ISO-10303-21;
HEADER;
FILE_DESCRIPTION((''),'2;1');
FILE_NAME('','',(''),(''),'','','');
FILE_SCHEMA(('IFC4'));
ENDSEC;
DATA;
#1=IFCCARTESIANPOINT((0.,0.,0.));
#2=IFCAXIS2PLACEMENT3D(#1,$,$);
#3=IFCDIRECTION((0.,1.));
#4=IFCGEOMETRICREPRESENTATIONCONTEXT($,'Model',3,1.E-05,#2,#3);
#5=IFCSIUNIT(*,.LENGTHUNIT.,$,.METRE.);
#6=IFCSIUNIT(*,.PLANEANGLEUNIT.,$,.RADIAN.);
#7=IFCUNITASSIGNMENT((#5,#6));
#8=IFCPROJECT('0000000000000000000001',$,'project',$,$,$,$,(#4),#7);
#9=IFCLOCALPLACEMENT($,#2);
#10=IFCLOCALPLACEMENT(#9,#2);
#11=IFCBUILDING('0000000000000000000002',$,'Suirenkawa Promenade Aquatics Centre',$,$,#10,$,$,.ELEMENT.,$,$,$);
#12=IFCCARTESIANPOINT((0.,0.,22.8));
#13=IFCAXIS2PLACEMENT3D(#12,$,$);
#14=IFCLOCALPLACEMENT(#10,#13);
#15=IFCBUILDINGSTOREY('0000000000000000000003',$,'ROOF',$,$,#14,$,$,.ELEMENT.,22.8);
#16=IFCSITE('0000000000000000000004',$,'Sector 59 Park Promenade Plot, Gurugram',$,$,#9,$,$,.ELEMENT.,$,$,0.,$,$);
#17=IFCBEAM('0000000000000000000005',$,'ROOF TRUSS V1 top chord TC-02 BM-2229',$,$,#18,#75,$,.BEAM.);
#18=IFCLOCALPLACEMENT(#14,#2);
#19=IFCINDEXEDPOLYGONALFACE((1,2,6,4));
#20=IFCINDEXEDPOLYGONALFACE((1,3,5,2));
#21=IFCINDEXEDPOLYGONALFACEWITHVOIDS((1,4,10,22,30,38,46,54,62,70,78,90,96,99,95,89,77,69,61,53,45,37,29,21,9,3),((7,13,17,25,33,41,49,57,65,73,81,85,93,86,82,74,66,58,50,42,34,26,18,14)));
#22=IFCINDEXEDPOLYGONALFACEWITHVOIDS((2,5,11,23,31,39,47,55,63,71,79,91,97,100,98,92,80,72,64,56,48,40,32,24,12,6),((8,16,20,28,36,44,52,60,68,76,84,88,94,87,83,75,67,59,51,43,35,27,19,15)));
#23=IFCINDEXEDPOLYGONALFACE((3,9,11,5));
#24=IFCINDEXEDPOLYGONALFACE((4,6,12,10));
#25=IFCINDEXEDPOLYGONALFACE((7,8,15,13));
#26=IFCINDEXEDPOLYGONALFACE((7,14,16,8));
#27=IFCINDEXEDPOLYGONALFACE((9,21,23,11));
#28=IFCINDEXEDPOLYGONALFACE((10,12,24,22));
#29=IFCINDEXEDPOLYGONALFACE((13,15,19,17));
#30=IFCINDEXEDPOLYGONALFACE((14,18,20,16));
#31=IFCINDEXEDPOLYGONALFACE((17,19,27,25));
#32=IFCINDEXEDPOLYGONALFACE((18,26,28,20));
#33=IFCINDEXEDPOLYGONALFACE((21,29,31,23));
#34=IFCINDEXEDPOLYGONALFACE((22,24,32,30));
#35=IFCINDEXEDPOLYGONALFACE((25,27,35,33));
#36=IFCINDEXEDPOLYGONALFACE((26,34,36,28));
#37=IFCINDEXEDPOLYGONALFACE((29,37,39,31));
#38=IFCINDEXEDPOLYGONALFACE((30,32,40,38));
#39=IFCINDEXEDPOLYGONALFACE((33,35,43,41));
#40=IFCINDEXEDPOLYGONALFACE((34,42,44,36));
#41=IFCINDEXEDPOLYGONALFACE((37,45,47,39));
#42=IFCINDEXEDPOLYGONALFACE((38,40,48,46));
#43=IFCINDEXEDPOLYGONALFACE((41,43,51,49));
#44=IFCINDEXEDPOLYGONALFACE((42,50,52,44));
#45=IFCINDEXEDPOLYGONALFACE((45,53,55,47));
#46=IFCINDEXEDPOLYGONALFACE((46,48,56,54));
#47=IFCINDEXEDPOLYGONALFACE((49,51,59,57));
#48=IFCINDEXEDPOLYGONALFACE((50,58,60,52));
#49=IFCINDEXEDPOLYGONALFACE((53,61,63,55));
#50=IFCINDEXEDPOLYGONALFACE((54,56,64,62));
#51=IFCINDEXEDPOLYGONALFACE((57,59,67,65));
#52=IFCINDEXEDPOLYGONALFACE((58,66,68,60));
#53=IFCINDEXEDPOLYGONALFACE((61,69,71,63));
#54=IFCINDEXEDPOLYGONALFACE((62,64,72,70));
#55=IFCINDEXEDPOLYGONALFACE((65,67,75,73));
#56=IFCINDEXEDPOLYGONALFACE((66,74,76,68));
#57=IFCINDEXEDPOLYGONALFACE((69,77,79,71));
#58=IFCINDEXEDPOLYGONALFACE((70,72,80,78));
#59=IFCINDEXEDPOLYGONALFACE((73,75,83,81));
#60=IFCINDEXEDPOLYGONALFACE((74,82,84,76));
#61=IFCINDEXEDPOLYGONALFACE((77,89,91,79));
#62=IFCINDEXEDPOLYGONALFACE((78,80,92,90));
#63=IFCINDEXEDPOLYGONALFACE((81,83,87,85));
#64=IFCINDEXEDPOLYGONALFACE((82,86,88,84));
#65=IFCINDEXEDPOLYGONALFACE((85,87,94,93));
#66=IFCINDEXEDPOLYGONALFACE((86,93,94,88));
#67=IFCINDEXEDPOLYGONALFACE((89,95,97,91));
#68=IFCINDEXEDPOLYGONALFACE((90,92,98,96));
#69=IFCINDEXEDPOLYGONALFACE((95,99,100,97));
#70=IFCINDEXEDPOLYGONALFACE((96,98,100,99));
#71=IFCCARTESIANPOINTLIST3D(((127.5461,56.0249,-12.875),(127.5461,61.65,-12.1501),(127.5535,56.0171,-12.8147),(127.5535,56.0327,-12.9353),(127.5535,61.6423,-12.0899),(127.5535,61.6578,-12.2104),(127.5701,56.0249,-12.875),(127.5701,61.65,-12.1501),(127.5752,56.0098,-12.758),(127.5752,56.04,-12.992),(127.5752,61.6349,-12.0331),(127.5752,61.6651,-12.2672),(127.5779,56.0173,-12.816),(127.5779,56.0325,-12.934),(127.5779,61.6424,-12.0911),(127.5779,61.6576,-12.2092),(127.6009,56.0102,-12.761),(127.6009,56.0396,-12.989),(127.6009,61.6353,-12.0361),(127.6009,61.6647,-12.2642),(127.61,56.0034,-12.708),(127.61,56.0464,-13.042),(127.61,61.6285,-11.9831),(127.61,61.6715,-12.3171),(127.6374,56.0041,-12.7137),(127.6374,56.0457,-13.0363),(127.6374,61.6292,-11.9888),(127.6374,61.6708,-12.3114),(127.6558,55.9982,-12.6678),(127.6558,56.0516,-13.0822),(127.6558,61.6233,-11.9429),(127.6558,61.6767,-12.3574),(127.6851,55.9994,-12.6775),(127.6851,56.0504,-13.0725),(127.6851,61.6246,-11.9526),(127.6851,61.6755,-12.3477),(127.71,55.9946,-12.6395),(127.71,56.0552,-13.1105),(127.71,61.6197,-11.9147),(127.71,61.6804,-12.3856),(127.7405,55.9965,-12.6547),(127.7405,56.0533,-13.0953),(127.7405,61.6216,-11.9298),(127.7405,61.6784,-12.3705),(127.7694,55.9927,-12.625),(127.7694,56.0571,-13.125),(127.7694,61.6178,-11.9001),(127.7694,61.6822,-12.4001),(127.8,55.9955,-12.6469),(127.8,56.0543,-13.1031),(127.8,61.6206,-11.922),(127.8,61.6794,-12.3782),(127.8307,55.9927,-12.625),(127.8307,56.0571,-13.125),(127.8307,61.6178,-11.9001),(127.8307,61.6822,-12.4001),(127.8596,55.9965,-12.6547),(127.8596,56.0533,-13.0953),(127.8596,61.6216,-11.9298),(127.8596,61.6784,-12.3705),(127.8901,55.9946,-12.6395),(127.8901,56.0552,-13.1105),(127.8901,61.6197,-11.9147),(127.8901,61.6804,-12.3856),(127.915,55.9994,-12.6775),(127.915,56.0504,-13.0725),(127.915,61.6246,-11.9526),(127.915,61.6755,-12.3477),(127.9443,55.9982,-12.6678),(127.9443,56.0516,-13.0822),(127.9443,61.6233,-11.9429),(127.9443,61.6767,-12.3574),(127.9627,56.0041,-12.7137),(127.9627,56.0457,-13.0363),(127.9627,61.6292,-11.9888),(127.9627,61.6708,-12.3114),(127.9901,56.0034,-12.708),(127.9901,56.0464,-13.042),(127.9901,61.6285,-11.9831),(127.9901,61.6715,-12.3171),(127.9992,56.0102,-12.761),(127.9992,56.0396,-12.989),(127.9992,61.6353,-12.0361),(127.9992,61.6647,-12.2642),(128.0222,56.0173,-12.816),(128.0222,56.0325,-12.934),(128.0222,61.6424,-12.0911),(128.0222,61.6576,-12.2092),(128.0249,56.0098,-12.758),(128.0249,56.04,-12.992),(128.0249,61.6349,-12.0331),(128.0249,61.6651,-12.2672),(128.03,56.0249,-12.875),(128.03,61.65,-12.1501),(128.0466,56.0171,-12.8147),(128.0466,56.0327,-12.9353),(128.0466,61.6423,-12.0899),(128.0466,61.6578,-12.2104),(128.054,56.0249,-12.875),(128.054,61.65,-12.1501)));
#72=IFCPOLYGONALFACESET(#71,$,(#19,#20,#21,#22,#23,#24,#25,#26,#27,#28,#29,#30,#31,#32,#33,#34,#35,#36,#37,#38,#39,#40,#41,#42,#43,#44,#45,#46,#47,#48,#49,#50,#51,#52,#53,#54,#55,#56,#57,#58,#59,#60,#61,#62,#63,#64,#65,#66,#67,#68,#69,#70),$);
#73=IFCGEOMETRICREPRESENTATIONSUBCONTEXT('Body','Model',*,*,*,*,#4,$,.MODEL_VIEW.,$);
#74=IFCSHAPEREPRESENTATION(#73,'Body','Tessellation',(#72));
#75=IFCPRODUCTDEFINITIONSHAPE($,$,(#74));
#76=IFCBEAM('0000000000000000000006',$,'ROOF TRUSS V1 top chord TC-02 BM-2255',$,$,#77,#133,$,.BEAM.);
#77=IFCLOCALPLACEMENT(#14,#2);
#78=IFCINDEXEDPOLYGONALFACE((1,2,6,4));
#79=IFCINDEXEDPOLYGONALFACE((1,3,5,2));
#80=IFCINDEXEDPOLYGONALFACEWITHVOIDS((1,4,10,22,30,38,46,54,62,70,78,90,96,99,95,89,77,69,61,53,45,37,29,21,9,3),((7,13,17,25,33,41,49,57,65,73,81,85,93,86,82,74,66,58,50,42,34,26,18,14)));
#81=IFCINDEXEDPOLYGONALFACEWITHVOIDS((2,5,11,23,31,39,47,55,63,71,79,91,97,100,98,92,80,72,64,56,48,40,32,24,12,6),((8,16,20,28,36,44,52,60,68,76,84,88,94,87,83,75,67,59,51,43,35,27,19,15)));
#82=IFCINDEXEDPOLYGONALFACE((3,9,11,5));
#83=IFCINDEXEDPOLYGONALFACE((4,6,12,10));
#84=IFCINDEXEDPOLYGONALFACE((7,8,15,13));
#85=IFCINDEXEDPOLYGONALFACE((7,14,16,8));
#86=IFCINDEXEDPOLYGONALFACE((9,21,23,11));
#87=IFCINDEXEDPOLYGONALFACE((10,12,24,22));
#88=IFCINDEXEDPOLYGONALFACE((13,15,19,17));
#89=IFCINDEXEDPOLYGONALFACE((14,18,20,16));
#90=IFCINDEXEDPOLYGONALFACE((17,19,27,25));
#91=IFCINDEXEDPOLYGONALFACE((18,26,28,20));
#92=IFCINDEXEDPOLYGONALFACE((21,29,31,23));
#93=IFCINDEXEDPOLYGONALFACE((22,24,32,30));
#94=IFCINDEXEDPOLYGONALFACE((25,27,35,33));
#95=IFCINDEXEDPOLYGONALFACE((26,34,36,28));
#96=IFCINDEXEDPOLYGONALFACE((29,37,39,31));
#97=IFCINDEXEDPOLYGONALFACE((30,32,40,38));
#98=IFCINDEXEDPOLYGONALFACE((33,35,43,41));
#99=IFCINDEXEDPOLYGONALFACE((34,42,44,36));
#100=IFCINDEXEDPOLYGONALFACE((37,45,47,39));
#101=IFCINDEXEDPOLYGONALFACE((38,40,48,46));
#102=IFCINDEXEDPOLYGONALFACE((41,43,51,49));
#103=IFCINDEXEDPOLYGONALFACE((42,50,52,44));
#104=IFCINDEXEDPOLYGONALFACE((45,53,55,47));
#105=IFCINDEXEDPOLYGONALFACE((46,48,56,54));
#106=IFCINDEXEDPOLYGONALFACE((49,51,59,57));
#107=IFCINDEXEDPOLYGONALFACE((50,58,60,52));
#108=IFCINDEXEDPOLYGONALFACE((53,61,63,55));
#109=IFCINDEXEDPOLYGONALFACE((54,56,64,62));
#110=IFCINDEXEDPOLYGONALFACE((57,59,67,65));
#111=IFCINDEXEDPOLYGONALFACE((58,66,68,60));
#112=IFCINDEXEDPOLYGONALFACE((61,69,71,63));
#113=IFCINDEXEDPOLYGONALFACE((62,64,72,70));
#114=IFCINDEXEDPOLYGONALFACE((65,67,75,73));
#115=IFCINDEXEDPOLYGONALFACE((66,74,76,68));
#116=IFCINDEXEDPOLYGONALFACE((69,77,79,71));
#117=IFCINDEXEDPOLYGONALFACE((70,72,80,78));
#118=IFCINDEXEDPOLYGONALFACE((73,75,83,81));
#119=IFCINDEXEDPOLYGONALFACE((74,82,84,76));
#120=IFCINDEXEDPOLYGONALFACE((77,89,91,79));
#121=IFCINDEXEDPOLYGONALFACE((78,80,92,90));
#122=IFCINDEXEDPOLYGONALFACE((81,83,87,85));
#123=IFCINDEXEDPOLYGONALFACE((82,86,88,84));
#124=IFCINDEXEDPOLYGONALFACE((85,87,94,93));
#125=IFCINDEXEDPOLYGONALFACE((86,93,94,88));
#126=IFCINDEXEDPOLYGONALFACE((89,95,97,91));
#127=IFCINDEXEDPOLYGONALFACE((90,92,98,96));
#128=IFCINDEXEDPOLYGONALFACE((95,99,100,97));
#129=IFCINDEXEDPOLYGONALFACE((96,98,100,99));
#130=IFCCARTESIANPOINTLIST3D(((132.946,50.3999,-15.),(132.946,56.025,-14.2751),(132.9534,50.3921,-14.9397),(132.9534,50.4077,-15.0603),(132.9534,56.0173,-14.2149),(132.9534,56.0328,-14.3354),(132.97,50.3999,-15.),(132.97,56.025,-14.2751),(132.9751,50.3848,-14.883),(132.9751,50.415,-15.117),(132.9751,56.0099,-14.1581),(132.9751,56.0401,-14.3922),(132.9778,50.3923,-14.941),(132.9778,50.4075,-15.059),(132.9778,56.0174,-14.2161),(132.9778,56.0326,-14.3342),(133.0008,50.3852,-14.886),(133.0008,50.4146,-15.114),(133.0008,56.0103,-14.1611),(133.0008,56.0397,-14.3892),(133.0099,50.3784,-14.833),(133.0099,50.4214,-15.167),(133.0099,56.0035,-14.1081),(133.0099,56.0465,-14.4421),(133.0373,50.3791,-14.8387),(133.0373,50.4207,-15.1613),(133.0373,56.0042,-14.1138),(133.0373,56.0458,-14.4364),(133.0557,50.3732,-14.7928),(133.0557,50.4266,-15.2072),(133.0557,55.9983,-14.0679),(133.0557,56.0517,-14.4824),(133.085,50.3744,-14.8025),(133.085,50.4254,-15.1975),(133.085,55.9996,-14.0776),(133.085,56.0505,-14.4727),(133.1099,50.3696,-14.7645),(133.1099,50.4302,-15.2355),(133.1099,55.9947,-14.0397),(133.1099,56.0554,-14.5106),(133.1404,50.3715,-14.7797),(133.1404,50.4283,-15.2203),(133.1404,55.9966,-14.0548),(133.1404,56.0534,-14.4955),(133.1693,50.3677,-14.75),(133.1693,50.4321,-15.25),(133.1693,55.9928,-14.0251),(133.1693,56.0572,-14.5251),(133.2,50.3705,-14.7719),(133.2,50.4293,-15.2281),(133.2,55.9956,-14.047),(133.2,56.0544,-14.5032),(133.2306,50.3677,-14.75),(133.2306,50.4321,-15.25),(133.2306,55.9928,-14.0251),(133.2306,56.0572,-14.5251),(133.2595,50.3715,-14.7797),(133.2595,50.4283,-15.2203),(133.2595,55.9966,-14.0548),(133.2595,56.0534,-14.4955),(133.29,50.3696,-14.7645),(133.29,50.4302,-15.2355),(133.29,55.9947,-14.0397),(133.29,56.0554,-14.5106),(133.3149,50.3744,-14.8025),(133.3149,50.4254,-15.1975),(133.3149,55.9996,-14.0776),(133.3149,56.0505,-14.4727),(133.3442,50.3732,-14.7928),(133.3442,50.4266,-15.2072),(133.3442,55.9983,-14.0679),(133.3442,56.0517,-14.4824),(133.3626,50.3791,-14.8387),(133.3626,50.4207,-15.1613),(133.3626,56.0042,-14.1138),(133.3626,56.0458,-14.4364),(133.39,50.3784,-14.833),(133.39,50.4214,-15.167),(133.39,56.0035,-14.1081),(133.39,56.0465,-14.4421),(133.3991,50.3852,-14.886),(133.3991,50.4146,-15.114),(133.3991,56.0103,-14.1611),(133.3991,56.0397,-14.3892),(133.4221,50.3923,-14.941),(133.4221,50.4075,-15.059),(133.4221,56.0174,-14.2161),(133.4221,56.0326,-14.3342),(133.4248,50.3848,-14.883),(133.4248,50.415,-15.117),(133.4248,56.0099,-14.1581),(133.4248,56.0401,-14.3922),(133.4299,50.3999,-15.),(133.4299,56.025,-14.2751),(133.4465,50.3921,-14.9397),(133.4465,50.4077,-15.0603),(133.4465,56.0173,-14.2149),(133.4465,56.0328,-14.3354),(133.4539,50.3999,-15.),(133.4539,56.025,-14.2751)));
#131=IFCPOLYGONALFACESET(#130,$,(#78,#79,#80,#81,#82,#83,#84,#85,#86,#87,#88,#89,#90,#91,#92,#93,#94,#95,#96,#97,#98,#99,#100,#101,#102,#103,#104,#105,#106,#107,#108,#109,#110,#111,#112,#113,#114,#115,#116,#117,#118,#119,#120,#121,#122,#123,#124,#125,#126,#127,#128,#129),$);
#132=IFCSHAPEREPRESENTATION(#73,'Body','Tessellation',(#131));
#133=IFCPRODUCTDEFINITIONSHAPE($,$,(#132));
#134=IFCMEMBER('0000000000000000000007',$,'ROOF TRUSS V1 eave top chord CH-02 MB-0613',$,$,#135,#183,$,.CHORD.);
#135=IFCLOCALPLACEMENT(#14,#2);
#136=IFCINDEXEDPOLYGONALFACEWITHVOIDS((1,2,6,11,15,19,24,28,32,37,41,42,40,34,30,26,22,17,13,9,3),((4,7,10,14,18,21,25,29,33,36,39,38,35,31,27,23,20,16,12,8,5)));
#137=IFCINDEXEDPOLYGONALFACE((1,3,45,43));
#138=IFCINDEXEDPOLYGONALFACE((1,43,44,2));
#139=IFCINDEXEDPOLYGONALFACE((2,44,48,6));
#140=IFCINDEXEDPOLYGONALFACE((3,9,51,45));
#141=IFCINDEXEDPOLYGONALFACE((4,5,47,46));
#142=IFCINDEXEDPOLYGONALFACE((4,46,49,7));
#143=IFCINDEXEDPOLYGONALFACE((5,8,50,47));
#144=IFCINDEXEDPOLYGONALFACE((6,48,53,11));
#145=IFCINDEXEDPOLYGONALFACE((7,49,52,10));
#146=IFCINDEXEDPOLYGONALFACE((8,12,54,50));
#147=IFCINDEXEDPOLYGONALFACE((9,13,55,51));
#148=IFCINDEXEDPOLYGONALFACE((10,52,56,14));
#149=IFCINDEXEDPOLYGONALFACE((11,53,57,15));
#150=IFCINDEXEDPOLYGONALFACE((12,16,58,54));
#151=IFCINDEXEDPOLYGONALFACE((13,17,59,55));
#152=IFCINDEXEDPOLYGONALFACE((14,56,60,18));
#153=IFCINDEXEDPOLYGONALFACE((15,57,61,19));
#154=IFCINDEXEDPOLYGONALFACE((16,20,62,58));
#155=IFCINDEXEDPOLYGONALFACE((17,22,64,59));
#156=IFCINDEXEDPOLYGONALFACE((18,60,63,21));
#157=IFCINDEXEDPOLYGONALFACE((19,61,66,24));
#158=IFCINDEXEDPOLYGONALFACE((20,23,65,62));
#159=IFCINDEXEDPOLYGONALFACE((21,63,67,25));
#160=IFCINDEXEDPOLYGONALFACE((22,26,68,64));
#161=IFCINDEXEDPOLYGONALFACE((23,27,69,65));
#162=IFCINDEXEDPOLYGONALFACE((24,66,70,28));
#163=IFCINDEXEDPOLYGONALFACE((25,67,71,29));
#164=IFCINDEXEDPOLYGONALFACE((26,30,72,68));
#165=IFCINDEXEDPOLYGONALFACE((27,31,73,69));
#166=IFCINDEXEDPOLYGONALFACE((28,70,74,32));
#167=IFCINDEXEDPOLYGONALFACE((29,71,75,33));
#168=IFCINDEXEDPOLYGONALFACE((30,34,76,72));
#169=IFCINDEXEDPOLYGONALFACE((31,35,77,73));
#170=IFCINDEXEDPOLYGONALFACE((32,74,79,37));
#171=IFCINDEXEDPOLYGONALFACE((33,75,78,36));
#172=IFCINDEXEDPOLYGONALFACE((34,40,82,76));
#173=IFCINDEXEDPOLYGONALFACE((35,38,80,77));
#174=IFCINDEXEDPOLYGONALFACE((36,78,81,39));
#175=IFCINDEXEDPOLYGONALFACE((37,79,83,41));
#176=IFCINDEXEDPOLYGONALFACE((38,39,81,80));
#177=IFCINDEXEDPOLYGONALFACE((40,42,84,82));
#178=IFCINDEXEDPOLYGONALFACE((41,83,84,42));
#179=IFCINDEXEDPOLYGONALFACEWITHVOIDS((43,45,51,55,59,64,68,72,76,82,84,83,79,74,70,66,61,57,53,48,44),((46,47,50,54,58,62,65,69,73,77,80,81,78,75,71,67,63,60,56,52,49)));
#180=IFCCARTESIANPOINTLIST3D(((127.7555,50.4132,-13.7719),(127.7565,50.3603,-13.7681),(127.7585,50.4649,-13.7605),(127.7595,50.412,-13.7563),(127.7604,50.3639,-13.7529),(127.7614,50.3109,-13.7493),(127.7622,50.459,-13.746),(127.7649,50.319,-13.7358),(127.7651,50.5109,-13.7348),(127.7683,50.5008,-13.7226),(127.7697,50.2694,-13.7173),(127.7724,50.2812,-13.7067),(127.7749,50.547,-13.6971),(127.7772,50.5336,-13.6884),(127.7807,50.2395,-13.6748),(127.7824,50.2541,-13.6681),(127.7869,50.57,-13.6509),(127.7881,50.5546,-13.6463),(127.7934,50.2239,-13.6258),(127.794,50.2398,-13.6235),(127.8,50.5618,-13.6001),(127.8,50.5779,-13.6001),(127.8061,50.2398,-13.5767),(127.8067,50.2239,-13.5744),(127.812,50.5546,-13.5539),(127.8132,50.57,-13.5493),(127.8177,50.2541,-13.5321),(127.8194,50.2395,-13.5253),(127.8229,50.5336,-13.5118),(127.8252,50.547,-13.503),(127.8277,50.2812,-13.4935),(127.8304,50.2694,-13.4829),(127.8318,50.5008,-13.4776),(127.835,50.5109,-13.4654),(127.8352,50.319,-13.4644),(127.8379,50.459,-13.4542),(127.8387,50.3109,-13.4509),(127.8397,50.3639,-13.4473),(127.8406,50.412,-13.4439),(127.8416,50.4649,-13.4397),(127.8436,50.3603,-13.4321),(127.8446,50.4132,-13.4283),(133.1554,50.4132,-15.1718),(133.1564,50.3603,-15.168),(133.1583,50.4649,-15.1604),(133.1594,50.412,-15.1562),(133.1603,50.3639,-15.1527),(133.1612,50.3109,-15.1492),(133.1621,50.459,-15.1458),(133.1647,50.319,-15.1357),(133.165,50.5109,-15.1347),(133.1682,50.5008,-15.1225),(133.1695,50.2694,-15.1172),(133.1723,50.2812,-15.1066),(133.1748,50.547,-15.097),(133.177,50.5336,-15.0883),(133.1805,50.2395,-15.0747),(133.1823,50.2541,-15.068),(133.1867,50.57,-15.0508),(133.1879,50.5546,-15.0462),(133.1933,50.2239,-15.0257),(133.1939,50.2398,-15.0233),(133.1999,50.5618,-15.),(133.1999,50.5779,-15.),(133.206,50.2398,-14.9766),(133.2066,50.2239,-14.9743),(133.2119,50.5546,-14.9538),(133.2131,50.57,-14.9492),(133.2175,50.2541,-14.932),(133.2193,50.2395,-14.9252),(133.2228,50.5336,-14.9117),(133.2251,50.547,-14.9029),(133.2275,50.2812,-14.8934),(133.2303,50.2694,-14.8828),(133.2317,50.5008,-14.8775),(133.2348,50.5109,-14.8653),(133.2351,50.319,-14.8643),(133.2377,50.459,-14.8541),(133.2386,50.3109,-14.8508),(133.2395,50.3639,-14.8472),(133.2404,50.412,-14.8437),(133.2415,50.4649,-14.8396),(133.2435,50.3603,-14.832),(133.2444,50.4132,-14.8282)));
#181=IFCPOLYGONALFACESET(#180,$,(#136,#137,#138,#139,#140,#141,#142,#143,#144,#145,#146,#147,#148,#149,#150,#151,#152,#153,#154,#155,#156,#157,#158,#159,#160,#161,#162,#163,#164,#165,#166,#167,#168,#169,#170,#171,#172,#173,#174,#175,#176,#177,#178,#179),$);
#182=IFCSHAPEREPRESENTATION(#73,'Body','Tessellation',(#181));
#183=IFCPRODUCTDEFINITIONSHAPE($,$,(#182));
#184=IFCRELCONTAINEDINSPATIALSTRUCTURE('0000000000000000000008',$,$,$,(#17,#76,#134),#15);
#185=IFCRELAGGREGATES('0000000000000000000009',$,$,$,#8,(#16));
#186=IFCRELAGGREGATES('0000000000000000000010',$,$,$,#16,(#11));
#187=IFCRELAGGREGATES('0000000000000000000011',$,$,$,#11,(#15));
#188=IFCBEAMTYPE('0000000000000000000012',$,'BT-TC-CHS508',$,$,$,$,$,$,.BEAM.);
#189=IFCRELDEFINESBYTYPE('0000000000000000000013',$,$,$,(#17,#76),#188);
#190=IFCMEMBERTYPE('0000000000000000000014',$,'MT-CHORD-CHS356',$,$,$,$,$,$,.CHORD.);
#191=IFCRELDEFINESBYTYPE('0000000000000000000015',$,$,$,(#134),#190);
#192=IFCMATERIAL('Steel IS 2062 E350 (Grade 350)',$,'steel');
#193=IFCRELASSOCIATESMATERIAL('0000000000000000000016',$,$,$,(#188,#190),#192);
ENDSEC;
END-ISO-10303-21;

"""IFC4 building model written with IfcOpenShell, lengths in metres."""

from ifc_helpers import new_model, si_unit, direction, frame, origin, origin_2d, place, context, subcontext, project, spatial, hollow_circle, extrude, material, material_profile, profile_set, type_object, element, save


model = new_model("IFC4")

# Units and contexts
model_context = context("Model", 3, precision=1e-05, world=origin(), true_north=direction((0.0, 1.0)))
body_context = subcontext(model_context, "Body", "Model", "MODEL_VIEW")
ifc_project = project(units=[si_unit("LENGTHUNIT", "METRE"), si_unit("PLANEANGLEUNIT", "RADIAN")], contexts=[model_context])

# Site, building, storey
site_placement = place(None, origin())
site = spatial("IfcSite", under=ifc_project, at=site_placement, Name="Sector 59 Park Promenade Plot, Gurugram", CompositionType="ELEMENT", RefElevation=0.0)
building_placement = place(site_placement, origin())
building = spatial("IfcBuilding", under=site, at=building_placement, Name="Suirenkawa Promenade Aquatics Centre", CompositionType="ELEMENT")
storey_placement = place(building_placement, frame((0.0, 0.0, 22.8)))
storey = spatial("IfcBuildingStorey", under=building, at=storey_placement, Name="ROOF", CompositionType="ELEMENT", Elevation=22.8)

# Beams
ifc_material_1 = material(Name="Steel IS 2062 E350 (Grade 350)", Category="steel")
ifc_material_profile_1 = material_profile(ifc_material_1, hollow_circle(Radius=0.2539, WallThickness=0.0239, at=origin_2d()), Name="CHS 508x24", Category="steel")
ifc_profile_set_1 = profile_set([ifc_material_profile_1], Name="Steel IS 2062 E350 (Grade 350)")
beam_type_1 = type_object("IfcBeamType", Name="BT-TC-CHS508", PredefinedType="BEAM", material=ifc_profile_set_1)
for number, where, z_axis, x_axis, name in (
    (1, (127.8, 56.0249, -12.875), (0.0, 0.991799, 0.127806), (-1.0, 0.0, 0.0), "ROOF TRUSS V1 top chord TC-02 BM-2229"),
    (2, (133.2, 50.3999, -15.0), (0.0, 0.991799, 0.127806), (-1.0, 0.0, 0.0), "ROOF TRUSS V1 top chord TC-02 BM-2255"),
):
    element("IfcBeam", number, at=place(storey_placement, frame(where, z_axis=z_axis, x_axis=x_axis)), inside=storey, type_object=beam_type_1, Name=name, PredefinedType="BEAM", context=body_context, shape_type="SweptSolid", body=[
        extrude(hollow_circle(Radius=0.2539, WallThickness=0.0239, at=origin_2d()), origin(), (0.0, 0.0, 1.0), 5.6716),
    ])

# Member
ifc_material_profile_2 = material_profile(ifc_material_1, hollow_circle(Radius=0.178, WallThickness=0.0161, at=origin_2d()), Name="CHS 356x16", Category="steel")
ifc_profile_set_2 = profile_set([ifc_material_profile_2], Name="Steel IS 2062 E350 (Grade 350)")
member_type_1 = type_object("IfcMemberType", Name="MT-CHORD-CHS356", PredefinedType="CHORD", material=ifc_profile_set_2)
member_1_placement = place(storey_placement, frame((127.8, 50.3999, -13.6001), z_axis=(0.968, 0.0, -0.25095), x_axis=(0.0, 1.0, 0.0)))
element("IfcMember", 3, at=member_1_placement, inside=storey, type_object=member_type_1, Name="ROOF TRUSS V1 eave top chord CH-02 MB-0613", PredefinedType="CHORD", context=body_context, shape_type="SweptSolid", body=[
    extrude(hollow_circle(Radius=0.178, WallThickness=0.0161, at=origin_2d()), origin(), (0.0, 0.0, 1.0), 5.5784),
])

save(model, "model.ifc")
